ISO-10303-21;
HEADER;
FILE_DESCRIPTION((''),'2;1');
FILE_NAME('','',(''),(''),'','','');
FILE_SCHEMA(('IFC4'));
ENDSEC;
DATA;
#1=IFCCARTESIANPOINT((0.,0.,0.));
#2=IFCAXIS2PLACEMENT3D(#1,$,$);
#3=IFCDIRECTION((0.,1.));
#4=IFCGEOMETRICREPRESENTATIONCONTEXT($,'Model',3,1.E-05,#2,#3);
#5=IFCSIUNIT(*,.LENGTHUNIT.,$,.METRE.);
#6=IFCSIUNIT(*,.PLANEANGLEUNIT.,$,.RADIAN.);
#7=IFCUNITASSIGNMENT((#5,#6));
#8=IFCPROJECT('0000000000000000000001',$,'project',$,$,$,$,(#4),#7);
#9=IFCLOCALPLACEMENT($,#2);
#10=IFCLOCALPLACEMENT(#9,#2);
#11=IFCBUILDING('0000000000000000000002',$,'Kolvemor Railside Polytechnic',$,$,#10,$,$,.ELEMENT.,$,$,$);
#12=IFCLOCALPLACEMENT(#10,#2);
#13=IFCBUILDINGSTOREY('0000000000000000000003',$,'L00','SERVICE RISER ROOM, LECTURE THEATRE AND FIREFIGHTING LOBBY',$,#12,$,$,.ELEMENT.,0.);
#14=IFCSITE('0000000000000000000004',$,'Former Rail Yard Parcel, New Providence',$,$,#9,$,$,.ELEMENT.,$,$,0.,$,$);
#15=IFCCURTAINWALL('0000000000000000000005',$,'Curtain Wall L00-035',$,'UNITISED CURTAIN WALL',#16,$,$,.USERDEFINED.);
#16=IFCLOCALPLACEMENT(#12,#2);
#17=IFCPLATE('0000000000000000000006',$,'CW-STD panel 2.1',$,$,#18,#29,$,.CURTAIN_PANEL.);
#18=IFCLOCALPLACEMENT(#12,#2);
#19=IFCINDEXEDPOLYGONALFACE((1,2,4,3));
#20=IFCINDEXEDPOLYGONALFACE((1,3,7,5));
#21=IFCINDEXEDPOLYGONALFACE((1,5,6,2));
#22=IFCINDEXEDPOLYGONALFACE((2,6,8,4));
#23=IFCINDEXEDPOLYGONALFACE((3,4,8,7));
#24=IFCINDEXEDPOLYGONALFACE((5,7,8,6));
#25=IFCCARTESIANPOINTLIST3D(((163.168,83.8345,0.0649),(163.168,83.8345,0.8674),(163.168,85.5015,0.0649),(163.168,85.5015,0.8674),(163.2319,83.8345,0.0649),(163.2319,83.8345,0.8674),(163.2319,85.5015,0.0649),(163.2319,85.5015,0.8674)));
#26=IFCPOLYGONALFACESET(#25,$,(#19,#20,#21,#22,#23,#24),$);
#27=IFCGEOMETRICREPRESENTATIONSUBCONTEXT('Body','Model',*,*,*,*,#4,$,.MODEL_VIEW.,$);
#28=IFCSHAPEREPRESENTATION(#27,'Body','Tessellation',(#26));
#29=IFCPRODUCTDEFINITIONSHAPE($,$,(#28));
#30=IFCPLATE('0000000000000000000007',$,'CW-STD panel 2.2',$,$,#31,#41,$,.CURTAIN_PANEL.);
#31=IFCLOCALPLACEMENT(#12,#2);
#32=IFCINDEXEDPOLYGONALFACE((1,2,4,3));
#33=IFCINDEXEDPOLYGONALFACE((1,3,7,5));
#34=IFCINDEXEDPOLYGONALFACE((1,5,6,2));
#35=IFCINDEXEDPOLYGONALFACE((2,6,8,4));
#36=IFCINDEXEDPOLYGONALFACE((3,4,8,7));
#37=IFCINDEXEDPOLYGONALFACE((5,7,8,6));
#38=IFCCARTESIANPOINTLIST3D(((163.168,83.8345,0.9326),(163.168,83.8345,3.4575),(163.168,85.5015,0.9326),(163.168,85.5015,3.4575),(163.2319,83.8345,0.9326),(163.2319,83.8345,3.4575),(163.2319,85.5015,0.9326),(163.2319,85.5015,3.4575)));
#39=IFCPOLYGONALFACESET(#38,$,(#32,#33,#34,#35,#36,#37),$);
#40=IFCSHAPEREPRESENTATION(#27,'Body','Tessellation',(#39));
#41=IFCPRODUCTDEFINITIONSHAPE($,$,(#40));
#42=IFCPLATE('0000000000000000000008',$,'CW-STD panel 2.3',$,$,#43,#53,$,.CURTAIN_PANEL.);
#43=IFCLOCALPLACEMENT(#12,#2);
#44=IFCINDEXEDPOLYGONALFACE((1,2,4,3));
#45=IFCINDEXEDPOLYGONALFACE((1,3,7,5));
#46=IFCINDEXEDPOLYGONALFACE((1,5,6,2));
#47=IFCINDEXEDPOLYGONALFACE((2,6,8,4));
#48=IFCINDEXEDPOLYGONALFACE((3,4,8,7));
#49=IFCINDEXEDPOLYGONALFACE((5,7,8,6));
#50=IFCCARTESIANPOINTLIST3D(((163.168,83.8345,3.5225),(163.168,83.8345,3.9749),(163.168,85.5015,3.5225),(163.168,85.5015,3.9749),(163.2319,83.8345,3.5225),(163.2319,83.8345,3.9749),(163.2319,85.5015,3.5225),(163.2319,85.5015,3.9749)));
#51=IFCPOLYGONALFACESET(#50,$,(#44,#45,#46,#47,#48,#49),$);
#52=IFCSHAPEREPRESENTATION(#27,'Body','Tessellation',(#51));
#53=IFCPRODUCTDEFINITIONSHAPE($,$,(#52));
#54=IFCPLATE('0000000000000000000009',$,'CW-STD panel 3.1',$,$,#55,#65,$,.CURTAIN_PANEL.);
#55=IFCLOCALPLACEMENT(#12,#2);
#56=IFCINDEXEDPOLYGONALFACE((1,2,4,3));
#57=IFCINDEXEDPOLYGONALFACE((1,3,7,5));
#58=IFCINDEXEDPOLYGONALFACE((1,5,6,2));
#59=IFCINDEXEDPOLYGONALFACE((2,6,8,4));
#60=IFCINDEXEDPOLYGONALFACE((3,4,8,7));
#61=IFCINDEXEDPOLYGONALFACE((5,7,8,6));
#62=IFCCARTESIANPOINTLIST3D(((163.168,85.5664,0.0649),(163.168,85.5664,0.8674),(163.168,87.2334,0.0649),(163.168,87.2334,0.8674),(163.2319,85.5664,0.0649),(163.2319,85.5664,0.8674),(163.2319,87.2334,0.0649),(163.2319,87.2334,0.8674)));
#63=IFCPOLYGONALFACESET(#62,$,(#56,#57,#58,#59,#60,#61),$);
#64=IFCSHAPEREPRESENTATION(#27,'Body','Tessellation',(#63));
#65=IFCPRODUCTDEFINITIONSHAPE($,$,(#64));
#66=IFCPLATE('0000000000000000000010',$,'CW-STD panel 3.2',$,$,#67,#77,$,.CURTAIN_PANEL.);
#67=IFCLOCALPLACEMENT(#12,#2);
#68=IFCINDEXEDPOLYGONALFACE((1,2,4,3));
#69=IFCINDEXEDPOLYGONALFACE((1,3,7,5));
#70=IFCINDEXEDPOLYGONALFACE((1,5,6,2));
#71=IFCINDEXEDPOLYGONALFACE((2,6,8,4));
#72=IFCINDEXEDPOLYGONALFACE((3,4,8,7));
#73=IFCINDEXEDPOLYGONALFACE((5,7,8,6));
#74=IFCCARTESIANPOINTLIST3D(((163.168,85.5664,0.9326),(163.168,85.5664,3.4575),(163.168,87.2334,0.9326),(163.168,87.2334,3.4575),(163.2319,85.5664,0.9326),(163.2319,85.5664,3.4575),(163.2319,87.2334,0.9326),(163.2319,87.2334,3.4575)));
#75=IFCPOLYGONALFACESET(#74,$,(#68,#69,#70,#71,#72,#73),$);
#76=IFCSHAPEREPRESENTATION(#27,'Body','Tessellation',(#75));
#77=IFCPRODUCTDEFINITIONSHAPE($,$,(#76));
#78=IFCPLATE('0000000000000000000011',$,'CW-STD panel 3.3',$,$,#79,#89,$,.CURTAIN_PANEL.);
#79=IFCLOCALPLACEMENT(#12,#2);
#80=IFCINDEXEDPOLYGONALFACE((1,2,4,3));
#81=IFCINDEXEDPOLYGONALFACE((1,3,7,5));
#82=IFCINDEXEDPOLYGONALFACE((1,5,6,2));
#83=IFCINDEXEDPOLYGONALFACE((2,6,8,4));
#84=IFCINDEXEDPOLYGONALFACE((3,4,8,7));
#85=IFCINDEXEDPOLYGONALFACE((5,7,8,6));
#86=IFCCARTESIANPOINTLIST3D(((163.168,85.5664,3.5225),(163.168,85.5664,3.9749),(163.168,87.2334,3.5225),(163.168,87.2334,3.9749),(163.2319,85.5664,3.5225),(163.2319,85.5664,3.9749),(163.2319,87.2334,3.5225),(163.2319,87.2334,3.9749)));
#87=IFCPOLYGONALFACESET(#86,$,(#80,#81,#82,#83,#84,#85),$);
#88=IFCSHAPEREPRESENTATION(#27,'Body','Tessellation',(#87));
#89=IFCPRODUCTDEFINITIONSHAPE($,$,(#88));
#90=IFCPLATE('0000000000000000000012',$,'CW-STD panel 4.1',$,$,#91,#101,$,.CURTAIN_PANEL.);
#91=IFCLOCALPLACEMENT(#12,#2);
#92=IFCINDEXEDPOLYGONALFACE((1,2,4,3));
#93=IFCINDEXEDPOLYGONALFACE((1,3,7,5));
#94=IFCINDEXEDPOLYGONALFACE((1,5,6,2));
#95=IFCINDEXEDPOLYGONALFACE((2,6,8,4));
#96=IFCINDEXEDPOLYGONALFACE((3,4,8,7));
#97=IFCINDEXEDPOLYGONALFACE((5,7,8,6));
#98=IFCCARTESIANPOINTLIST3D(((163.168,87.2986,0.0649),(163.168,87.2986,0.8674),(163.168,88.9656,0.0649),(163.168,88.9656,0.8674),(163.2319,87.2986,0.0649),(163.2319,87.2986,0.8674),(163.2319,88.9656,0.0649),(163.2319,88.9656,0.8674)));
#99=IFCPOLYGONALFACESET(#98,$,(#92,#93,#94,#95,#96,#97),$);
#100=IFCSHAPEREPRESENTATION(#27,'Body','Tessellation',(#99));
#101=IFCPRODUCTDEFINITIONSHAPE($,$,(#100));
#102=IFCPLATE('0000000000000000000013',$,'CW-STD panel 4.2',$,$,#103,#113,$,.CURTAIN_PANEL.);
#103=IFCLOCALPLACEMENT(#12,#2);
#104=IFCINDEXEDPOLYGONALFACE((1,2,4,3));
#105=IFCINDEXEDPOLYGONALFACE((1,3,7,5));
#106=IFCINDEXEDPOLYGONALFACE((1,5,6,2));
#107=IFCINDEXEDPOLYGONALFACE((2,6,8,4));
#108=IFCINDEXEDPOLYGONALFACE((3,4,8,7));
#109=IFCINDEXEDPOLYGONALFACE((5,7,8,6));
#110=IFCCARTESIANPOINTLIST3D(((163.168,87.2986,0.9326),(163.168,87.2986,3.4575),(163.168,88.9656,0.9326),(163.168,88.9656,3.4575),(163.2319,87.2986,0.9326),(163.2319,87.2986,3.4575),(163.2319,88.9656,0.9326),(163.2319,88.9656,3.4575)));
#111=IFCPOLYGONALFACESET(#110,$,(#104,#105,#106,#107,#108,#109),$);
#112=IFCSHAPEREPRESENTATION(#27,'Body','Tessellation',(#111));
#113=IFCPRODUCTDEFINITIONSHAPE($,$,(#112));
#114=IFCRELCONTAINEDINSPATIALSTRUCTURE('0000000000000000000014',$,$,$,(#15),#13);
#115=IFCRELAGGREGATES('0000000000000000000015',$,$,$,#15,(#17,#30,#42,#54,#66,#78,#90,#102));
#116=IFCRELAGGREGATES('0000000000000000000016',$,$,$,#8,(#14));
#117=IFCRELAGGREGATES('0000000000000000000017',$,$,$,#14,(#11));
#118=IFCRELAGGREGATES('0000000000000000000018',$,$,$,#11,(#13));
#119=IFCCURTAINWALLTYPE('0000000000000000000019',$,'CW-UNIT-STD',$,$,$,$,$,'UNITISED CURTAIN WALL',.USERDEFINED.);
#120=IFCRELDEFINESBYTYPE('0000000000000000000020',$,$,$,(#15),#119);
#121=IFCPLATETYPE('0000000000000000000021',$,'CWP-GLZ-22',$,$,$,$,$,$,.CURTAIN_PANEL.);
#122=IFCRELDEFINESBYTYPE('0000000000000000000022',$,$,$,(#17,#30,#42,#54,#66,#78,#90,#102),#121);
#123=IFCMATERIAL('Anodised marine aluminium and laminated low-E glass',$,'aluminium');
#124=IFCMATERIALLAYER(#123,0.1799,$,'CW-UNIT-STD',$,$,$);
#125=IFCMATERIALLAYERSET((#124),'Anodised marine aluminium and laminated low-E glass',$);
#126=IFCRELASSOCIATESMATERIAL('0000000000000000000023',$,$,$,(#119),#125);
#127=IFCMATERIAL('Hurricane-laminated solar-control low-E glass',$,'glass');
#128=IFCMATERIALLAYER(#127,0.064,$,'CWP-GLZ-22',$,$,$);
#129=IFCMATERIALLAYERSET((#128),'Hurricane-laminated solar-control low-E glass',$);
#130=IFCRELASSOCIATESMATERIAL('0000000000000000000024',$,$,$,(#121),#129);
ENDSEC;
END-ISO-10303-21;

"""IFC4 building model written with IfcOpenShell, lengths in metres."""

from ifc_helpers import new_model, si_unit, direction, frame, origin, origin_2d, place, context, subcontext, project, spatial, rectangle, extrude, material, layer, layer_set, type_object, element, aggregate, save


model = new_model("IFC4")

# Units and contexts
model_context = context("Model", 3, precision=1e-05, world=origin(), true_north=direction((0.0, 1.0)))
body_context = subcontext(model_context, "Body", "Model", "MODEL_VIEW")
ifc_project = project(units=[si_unit("LENGTHUNIT", "METRE"), si_unit("PLANEANGLEUNIT", "RADIAN")], contexts=[model_context])

# Site, building, storey
site_placement = place(None, origin())
site = spatial("IfcSite", under=ifc_project, at=site_placement, Name="Former Rail Yard Parcel, New Providence", CompositionType="ELEMENT", RefElevation=0.0)
building_placement = place(site_placement, origin())
building = spatial("IfcBuilding", under=site, at=building_placement, Name="Kolvemor Railside Polytechnic", CompositionType="ELEMENT")
storey_placement = place(building_placement, origin())
storey = spatial("IfcBuildingStorey", under=building, at=storey_placement, Name="L00", Description="SERVICE RISER ROOM, LECTURE THEATRE AND FIREFIGHTING LOBBY", CompositionType="ELEMENT", Elevation=0.0)

# Curtain wall, plates
ifc_material_1 = material(Name="Anodised marine aluminium and laminated low-E glass", Category="aluminium")
ifc_layer_1 = layer(ifc_material_1, 0.1799, Name="CW-UNIT-STD")
ifc_layer_set_1 = layer_set([ifc_layer_1], Name="Anodised marine aluminium and laminated low-E glass")
curtain_wall_type = type_object("IfcCurtainWallType", Name="CW-UNIT-STD", ElementType="UNITISED CURTAIN WALL", PredefinedType="USERDEFINED", material=ifc_layer_set_1)
curtain_wall_placement = place(storey_placement, origin())
curtain_wall = element("IfcCurtainWall", 1, at=curtain_wall_placement, inside=storey, type_object=curtain_wall_type, Name="Curtain Wall L00-035", ObjectType="UNITISED CURTAIN WALL", PredefinedType="USERDEFINED")
ifc_material_2 = material(Name="Hurricane-laminated solar-control low-E glass", Category="glass")
ifc_layer_2 = layer(ifc_material_2, 0.064, Name="CWP-GLZ-22")
ifc_layer_set_2 = layer_set([ifc_layer_2], Name="Hurricane-laminated solar-control low-E glass")
plate_type = type_object("IfcPlateType", Name="CWP-GLZ-22", PredefinedType="CURTAIN_PANEL", material=ifc_layer_set_2)
plate_1_placement = place(storey_placement, frame((163.2, 84.668, 0.0649), z_axis=(0.0, 0.0, 1.0), x_axis=(0.0, 1.0, 0.0)))
plate_1 = element("IfcPlate", 2, at=plate_1_placement, type_object=plate_type, Name="CW-STD panel 2.1", PredefinedType="CURTAIN_PANEL", context=body_context, shape_type="SweptSolid", body=[
    extrude(rectangle(XDim=1.667, YDim=0.064, at=origin_2d()), origin(), (0.0, 0.0, 1.0), 0.8025),
])
plate_2_placement = place(storey_placement, frame((163.2, 84.668, 0.9326), z_axis=(0.0, 0.0, 1.0), x_axis=(0.0, 1.0, 0.0)))
plate_2 = element("IfcPlate", 3, at=plate_2_placement, type_object=plate_type, Name="CW-STD panel 2.2", PredefinedType="CURTAIN_PANEL", context=body_context, shape_type="SweptSolid", body=[
    extrude(rectangle(XDim=1.667, YDim=0.064, at=origin_2d()), origin(), (0.0, 0.0, 1.0), 2.5249),
])
plate_3_placement = place(storey_placement, frame((163.2, 84.668, 3.5225), z_axis=(0.0, 0.0, 1.0), x_axis=(0.0, 1.0, 0.0)))
plate_3 = element("IfcPlate", 4, at=plate_3_placement, type_object=plate_type, Name="CW-STD panel 2.3", PredefinedType="CURTAIN_PANEL", context=body_context, shape_type="SweptSolid", body=[
    extrude(rectangle(XDim=1.667, YDim=0.064, at=origin_2d()), origin(), (0.0, 0.0, 1.0), 0.4524),
])
plate_4_placement = place(storey_placement, frame((163.2, 86.3999, 0.0649), z_axis=(0.0, 0.0, 1.0), x_axis=(0.0, 1.0, 0.0)))
plate_4 = element("IfcPlate", 5, at=plate_4_placement, type_object=plate_type, Name="CW-STD panel 3.1", PredefinedType="CURTAIN_PANEL", context=body_context, shape_type="SweptSolid", body=[
    extrude(rectangle(XDim=1.667, YDim=0.064, at=origin_2d()), origin(), (0.0, 0.0, 1.0), 0.8025),
])
plate_5_placement = place(storey_placement, frame((163.2, 86.3999, 0.9326), z_axis=(0.0, 0.0, 1.0), x_axis=(0.0, 1.0, 0.0)))
plate_5 = element("IfcPlate", 6, at=plate_5_placement, type_object=plate_type, Name="CW-STD panel 3.2", PredefinedType="CURTAIN_PANEL", context=body_context, shape_type="SweptSolid", body=[
    extrude(rectangle(XDim=1.667, YDim=0.064, at=origin_2d()), origin(), (0.0, 0.0, 1.0), 2.5249),
])
plate_6_placement = place(storey_placement, frame((163.2, 86.3999, 3.5225), z_axis=(0.0, 0.0, 1.0), x_axis=(0.0, 1.0, 0.0)))
plate_6 = element("IfcPlate", 7, at=plate_6_placement, type_object=plate_type, Name="CW-STD panel 3.3", PredefinedType="CURTAIN_PANEL", context=body_context, shape_type="SweptSolid", body=[
    extrude(rectangle(XDim=1.667, YDim=0.064, at=origin_2d()), origin(), (0.0, 0.0, 1.0), 0.4524),
])
plate_7_placement = place(storey_placement, frame((163.2, 88.1321, 0.0649), z_axis=(0.0, 0.0, 1.0), x_axis=(0.0, 1.0, 0.0)))
plate_7 = element("IfcPlate", 8, at=plate_7_placement, type_object=plate_type, Name="CW-STD panel 4.1", PredefinedType="CURTAIN_PANEL", context=body_context, shape_type="SweptSolid", body=[
    extrude(rectangle(XDim=1.667, YDim=0.064, at=origin_2d()), origin(), (0.0, 0.0, 1.0), 0.8025),
])
plate_8_placement = place(storey_placement, frame((163.2, 88.1321, 0.9326), z_axis=(0.0, 0.0, 1.0), x_axis=(0.0, 1.0, 0.0)))
plate_8 = element("IfcPlate", 9, at=plate_8_placement, type_object=plate_type, Name="CW-STD panel 4.2", PredefinedType="CURTAIN_PANEL", context=body_context, shape_type="SweptSolid", body=[
    extrude(rectangle(XDim=1.667, YDim=0.064, at=origin_2d()), origin(), (0.0, 0.0, 1.0), 2.5249),
])
aggregate(curtain_wall, [plate_1, plate_2, plate_3, plate_4, plate_5, plate_6, plate_7, plate_8])

save(model, "model.ifc")
